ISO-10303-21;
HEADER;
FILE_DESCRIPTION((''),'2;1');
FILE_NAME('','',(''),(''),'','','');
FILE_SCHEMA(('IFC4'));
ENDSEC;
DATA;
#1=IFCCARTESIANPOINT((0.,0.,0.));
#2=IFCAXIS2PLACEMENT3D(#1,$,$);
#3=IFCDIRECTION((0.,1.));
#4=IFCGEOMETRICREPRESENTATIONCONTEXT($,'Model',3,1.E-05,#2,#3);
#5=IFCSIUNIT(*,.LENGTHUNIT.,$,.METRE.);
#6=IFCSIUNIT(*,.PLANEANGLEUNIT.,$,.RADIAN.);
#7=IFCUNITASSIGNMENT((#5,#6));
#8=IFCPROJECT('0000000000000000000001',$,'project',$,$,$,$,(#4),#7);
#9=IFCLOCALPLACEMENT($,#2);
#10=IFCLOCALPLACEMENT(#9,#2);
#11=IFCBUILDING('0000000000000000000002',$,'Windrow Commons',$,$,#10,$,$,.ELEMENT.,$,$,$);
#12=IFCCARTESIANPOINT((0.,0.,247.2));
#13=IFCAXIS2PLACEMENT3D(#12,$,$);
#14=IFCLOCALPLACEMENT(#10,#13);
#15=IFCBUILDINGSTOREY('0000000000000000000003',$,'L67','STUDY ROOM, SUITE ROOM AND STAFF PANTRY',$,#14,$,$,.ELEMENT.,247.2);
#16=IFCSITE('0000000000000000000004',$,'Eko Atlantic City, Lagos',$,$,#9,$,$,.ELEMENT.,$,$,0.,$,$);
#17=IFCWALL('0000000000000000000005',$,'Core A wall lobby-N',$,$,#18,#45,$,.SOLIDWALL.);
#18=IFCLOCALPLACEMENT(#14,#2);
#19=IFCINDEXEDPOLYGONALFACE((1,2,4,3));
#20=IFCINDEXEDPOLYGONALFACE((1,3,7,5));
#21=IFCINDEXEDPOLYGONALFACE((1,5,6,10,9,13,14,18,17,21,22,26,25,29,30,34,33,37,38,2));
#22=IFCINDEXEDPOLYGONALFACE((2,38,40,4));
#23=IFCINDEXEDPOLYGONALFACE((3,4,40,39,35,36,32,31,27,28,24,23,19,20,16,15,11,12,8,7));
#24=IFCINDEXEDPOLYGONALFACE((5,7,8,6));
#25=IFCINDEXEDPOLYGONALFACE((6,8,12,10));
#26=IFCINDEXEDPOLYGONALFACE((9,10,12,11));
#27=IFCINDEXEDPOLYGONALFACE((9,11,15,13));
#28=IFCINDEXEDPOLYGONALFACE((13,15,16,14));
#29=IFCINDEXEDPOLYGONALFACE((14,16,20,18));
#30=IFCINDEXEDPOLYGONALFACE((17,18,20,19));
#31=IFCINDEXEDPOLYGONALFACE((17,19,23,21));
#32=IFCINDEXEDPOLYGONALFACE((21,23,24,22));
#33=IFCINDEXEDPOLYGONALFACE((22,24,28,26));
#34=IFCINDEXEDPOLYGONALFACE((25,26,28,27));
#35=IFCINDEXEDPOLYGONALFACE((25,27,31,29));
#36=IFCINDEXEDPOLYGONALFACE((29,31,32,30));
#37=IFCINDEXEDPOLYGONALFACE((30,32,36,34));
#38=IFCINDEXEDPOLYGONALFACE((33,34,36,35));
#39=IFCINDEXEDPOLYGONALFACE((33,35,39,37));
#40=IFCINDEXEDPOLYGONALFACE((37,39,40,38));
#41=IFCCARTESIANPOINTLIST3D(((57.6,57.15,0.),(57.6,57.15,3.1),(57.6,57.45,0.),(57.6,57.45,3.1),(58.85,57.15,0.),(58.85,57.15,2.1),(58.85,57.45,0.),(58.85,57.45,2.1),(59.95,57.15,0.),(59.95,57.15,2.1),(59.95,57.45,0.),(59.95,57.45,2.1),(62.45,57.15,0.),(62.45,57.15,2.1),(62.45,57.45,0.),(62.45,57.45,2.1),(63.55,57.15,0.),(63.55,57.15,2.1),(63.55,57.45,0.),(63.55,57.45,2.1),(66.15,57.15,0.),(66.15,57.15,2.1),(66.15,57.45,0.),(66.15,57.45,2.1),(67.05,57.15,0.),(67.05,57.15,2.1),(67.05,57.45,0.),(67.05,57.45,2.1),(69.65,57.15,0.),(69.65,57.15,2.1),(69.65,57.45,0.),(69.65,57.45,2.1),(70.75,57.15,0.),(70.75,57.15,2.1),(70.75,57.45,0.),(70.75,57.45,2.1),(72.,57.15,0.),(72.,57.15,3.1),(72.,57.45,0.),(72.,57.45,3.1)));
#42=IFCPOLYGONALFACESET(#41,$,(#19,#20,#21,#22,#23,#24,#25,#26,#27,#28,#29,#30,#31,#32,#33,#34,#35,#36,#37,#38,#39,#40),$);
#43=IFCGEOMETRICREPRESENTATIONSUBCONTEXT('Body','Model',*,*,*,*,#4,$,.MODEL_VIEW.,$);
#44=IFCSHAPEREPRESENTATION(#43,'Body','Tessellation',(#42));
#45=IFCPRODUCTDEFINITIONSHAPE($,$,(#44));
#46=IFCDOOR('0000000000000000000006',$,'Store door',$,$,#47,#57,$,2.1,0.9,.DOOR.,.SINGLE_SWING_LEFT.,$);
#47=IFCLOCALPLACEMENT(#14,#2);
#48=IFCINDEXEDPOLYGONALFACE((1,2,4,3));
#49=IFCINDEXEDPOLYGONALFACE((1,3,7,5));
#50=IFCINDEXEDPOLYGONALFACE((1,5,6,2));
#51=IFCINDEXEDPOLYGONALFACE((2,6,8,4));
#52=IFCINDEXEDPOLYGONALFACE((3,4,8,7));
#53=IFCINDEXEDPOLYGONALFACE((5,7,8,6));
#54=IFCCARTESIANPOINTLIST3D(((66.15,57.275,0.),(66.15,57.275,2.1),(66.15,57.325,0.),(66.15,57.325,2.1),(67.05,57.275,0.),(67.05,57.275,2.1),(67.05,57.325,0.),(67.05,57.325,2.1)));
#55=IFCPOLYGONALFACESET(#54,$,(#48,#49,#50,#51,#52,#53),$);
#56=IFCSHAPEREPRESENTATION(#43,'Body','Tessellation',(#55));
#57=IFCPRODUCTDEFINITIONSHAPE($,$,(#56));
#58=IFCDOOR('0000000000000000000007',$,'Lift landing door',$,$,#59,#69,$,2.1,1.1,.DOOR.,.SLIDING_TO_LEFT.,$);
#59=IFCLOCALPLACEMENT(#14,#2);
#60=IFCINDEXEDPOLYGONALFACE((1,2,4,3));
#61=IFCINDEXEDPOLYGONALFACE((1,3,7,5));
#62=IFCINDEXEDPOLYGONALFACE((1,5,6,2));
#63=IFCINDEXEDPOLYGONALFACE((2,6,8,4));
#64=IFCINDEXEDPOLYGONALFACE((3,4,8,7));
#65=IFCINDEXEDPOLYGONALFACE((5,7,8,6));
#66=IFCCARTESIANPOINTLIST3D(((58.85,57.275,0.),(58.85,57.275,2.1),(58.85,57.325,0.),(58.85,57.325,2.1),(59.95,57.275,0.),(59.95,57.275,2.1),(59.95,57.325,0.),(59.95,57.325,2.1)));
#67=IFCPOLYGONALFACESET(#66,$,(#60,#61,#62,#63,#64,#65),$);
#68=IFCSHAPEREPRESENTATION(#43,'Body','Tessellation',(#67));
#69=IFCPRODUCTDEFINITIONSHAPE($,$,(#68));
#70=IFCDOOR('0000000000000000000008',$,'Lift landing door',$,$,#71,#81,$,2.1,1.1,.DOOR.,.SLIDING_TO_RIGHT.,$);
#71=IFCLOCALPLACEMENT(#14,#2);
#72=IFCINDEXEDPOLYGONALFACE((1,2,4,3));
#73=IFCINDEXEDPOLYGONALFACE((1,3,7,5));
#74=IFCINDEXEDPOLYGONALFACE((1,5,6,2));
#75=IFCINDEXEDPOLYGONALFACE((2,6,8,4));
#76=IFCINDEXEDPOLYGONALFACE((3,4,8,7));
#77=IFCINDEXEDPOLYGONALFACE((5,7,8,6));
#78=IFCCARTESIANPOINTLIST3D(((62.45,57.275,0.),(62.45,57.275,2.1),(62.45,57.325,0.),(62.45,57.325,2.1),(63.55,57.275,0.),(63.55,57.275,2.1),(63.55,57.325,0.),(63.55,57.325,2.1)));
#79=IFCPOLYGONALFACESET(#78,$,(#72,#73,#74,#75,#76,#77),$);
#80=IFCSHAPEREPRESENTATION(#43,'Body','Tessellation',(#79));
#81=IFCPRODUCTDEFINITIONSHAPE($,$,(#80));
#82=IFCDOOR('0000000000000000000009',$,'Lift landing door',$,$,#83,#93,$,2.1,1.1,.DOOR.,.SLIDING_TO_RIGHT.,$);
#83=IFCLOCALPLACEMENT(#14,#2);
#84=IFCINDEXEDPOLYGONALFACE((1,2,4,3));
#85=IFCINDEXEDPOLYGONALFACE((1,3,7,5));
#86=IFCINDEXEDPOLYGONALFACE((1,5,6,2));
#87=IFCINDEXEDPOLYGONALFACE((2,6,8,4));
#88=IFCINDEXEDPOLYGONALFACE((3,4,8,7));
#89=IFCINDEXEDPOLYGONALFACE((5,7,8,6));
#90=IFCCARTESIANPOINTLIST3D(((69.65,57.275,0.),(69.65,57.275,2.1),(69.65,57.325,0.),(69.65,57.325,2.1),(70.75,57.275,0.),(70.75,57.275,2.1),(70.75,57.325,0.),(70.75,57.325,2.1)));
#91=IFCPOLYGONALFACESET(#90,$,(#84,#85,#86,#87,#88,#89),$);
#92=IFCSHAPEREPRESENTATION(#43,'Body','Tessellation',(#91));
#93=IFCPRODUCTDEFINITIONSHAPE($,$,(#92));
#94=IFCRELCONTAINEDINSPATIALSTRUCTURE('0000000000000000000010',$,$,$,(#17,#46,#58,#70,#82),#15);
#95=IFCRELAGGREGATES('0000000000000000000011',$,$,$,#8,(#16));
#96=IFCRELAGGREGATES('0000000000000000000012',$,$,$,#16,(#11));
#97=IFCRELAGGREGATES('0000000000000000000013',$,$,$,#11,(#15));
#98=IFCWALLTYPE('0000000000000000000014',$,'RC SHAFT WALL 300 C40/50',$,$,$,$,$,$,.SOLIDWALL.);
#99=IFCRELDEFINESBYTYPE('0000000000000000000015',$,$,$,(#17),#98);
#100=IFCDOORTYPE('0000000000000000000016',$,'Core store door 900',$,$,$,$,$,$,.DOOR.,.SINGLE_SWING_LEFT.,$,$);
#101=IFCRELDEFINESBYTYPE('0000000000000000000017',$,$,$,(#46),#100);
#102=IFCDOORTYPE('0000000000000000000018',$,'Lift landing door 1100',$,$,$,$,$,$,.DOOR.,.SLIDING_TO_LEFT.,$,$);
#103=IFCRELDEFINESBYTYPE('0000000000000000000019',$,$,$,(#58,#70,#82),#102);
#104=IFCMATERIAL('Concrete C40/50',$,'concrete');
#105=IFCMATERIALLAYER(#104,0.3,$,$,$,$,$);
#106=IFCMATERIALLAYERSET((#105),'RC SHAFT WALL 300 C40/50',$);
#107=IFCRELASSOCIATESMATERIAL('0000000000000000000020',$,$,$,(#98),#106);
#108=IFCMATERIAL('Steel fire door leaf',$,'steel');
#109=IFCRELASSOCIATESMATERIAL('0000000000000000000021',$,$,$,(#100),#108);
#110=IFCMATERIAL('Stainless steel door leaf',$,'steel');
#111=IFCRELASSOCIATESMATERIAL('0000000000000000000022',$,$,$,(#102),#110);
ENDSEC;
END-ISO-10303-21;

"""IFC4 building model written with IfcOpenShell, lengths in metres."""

from ifc_helpers import new_model, si_unit, direction, frame, frame_2d, origin, place, context, subcontext, project, spatial, rectangle, extrude, material, layer, layer_set, type_object, element, fill, save


model = new_model("IFC4")

# Units and contexts
model_context = context("Model", 3, precision=1e-05, world=origin(), true_north=direction((0.0, 1.0)))
body_context = subcontext(model_context, "Body", "Model", "MODEL_VIEW")
ifc_project = project(units=[si_unit("LENGTHUNIT", "METRE"), si_unit("PLANEANGLEUNIT", "RADIAN")], contexts=[model_context])

# Site, building, storey
site_placement = place(None, origin())
site = spatial("IfcSite", under=ifc_project, at=site_placement, Name="Eko Atlantic City, Lagos", CompositionType="ELEMENT", RefElevation=0.0)
building_placement = place(site_placement, origin())
building = spatial("IfcBuilding", under=site, at=building_placement, Name="Windrow Commons", CompositionType="ELEMENT")
storey_placement = place(building_placement, frame((0.0, 0.0, 247.2)))
storey = spatial("IfcBuildingStorey", under=building, at=storey_placement, Name="L67", Description="STUDY ROOM, SUITE ROOM AND STAFF PANTRY", CompositionType="ELEMENT", Elevation=247.2)

# Shared definitions
ifc_material_1 = material(Name="Concrete C40/50", Category="concrete")
ifc_layer_1 = layer(ifc_material_1, 0.3)
ifc_layer_set_1 = layer_set([ifc_layer_1], Name="RC SHAFT WALL 300 C40/50")
wall_type_1 = type_object("IfcWallType", Name="RC SHAFT WALL 300 C40/50", PredefinedType="SOLIDWALL", material=ifc_layer_set_1)

# Wall, openings, doors
ifc_material_2 = material(Name="Steel fire door leaf", Category="steel")
door_type_1 = type_object("IfcDoorType", Name="Core store door 900", OperationType="SINGLE_SWING_LEFT", PredefinedType="DOOR", material=ifc_material_2)
ifc_material_3 = material(Name="Stainless steel door leaf", Category="steel")
door_type_2 = type_object("IfcDoorType", Name="Lift landing door 1100", OperationType="SLIDING_TO_LEFT", PredefinedType="DOOR", material=ifc_material_3)
wall_1_placement = place(storey_placement, frame((57.6, 57.3, 0.0), z_axis=(0.0, 0.0, 1.0), x_axis=(1.0, 0.0, 0.0)))
wall_1 = element("IfcWall", 1, at=wall_1_placement, inside=storey, type_object=wall_type_1, Name="Core A wall lobby-N", PredefinedType="SOLIDWALL", context=body_context, shape_type="SweptSolid", body=[
    extrude(rectangle(XDim=14.4, YDim=0.3, at=frame_2d((7.2, 0.0))), origin(), (0.0, 0.0, 1.0), 3.1),
])
opening_1_placement = place(wall_1_placement, frame((8.55, 0.0, 0.0)))
opening_1 = element("IfcOpeningElement", 2, at=opening_1_placement, cuts=wall_1, PredefinedType="OPENING", context=body_context, shape_type="SweptSolid", body=[
    extrude(rectangle(XDim=0.9, YDim=2.1, at=frame_2d((0.45, 1.05))), frame((0.0, 0.16, 0.0), z_axis=(0.0, -1.0, 0.0), x_axis=(1.0, 0.0, 0.0)), (0.0, 0.0, 1.0), 0.32),
])
opening_2_placement = place(wall_1_placement, frame((1.25, 0.0, 0.0)))
opening_2 = element("IfcOpeningElement", 3, at=opening_2_placement, cuts=wall_1, PredefinedType="OPENING", context=body_context, shape_type="SweptSolid", body=[
    extrude(rectangle(XDim=1.1, YDim=2.1, at=frame_2d((0.55, 1.05))), frame((0.0, 0.16, 0.0), z_axis=(0.0, -1.0, 0.0), x_axis=(1.0, 0.0, 0.0)), (0.0, 0.0, 1.0), 0.32),
])
opening_3_placement = place(wall_1_placement, frame((4.85, 0.0, 0.0)))
opening_3 = element("IfcOpeningElement", 4, at=opening_3_placement, cuts=wall_1, PredefinedType="OPENING", context=body_context, shape_type="SweptSolid", body=[
    extrude(rectangle(XDim=1.1, YDim=2.1, at=frame_2d((0.55, 1.05))), frame((0.0, 0.16, 0.0), z_axis=(0.0, -1.0, 0.0), x_axis=(1.0, 0.0, 0.0)), (0.0, 0.0, 1.0), 0.32),
])
opening_4_placement = place(wall_1_placement, frame((12.05, 0.0, 0.0)))
opening_4 = element("IfcOpeningElement", 5, at=opening_4_placement, cuts=wall_1, PredefinedType="OPENING", context=body_context, shape_type="SweptSolid", body=[
    extrude(rectangle(XDim=1.1, YDim=2.1, at=frame_2d((0.55, 1.05))), frame((0.0, 0.16, 0.0), z_axis=(0.0, -1.0, 0.0), x_axis=(1.0, 0.0, 0.0)), (0.0, 0.0, 1.0), 0.32),
])
door_1_placement = place(opening_1_placement, origin())
door_1 = element("IfcDoor", 6, at=door_1_placement, inside=storey, type_object=door_type_1, Name="Store door", OperationType="SINGLE_SWING_LEFT", OverallHeight=2.1, OverallWidth=0.9, PredefinedType="DOOR", context=body_context, shape_type="SweptSolid", body=[
    extrude(rectangle(XDim=0.9, YDim=2.1, at=frame_2d((0.45, 1.05))), frame((0.0, 0.025, 0.0), z_axis=(0.0, -1.0, 0.0), x_axis=(1.0, 0.0, 0.0)), (0.0, 0.0, 1.0), 0.05),
])
fill(opening_1, door_1)
door_2_placement = place(opening_2_placement, origin())
door_2 = element("IfcDoor", 7, at=door_2_placement, inside=storey, type_object=door_type_2, Name="Lift landing door", OperationType="SLIDING_TO_LEFT", OverallHeight=2.1, OverallWidth=1.1, PredefinedType="DOOR", context=body_context, shape_type="SweptSolid", body=[
    extrude(rectangle(XDim=1.1, YDim=2.1, at=frame_2d((0.55, 1.05))), frame((0.0, 0.025, 0.0), z_axis=(0.0, -1.0, 0.0), x_axis=(1.0, 0.0, 0.0)), (0.0, 0.0, 1.0), 0.05),
])
fill(opening_2, door_2)
door_3_placement = place(opening_3_placement, origin())
door_3 = element("IfcDoor", 8, at=door_3_placement, inside=storey, type_object=door_type_2, Name="Lift landing door", OperationType="SLIDING_TO_RIGHT", OverallHeight=2.1, OverallWidth=1.1, PredefinedType="DOOR", context=body_context, shape_type="SweptSolid", body=[
    extrude(rectangle(XDim=1.1, YDim=2.1, at=frame_2d((0.55, 1.05))), frame((0.0, 0.025, 0.0), z_axis=(0.0, -1.0, 0.0), x_axis=(1.0, 0.0, 0.0)), (0.0, 0.0, 1.0), 0.05),
])
fill(opening_3, door_3)
door_4_placement = place(opening_4_placement, origin())
door_4 = element("IfcDoor", 9, at=door_4_placement, inside=storey, type_object=door_type_2, Name="Lift landing door", OperationType="SLIDING_TO_RIGHT", OverallHeight=2.1, OverallWidth=1.1, PredefinedType="DOOR", context=body_context, shape_type="SweptSolid", body=[
    extrude(rectangle(XDim=1.1, YDim=2.1, at=frame_2d((0.55, 1.05))), frame((0.0, 0.025, 0.0), z_axis=(0.0, -1.0, 0.0), x_axis=(1.0, 0.0, 0.0)), (0.0, 0.0, 1.0), 0.05),
])
fill(opening_4, door_4)

save(model, "model.ifc")
